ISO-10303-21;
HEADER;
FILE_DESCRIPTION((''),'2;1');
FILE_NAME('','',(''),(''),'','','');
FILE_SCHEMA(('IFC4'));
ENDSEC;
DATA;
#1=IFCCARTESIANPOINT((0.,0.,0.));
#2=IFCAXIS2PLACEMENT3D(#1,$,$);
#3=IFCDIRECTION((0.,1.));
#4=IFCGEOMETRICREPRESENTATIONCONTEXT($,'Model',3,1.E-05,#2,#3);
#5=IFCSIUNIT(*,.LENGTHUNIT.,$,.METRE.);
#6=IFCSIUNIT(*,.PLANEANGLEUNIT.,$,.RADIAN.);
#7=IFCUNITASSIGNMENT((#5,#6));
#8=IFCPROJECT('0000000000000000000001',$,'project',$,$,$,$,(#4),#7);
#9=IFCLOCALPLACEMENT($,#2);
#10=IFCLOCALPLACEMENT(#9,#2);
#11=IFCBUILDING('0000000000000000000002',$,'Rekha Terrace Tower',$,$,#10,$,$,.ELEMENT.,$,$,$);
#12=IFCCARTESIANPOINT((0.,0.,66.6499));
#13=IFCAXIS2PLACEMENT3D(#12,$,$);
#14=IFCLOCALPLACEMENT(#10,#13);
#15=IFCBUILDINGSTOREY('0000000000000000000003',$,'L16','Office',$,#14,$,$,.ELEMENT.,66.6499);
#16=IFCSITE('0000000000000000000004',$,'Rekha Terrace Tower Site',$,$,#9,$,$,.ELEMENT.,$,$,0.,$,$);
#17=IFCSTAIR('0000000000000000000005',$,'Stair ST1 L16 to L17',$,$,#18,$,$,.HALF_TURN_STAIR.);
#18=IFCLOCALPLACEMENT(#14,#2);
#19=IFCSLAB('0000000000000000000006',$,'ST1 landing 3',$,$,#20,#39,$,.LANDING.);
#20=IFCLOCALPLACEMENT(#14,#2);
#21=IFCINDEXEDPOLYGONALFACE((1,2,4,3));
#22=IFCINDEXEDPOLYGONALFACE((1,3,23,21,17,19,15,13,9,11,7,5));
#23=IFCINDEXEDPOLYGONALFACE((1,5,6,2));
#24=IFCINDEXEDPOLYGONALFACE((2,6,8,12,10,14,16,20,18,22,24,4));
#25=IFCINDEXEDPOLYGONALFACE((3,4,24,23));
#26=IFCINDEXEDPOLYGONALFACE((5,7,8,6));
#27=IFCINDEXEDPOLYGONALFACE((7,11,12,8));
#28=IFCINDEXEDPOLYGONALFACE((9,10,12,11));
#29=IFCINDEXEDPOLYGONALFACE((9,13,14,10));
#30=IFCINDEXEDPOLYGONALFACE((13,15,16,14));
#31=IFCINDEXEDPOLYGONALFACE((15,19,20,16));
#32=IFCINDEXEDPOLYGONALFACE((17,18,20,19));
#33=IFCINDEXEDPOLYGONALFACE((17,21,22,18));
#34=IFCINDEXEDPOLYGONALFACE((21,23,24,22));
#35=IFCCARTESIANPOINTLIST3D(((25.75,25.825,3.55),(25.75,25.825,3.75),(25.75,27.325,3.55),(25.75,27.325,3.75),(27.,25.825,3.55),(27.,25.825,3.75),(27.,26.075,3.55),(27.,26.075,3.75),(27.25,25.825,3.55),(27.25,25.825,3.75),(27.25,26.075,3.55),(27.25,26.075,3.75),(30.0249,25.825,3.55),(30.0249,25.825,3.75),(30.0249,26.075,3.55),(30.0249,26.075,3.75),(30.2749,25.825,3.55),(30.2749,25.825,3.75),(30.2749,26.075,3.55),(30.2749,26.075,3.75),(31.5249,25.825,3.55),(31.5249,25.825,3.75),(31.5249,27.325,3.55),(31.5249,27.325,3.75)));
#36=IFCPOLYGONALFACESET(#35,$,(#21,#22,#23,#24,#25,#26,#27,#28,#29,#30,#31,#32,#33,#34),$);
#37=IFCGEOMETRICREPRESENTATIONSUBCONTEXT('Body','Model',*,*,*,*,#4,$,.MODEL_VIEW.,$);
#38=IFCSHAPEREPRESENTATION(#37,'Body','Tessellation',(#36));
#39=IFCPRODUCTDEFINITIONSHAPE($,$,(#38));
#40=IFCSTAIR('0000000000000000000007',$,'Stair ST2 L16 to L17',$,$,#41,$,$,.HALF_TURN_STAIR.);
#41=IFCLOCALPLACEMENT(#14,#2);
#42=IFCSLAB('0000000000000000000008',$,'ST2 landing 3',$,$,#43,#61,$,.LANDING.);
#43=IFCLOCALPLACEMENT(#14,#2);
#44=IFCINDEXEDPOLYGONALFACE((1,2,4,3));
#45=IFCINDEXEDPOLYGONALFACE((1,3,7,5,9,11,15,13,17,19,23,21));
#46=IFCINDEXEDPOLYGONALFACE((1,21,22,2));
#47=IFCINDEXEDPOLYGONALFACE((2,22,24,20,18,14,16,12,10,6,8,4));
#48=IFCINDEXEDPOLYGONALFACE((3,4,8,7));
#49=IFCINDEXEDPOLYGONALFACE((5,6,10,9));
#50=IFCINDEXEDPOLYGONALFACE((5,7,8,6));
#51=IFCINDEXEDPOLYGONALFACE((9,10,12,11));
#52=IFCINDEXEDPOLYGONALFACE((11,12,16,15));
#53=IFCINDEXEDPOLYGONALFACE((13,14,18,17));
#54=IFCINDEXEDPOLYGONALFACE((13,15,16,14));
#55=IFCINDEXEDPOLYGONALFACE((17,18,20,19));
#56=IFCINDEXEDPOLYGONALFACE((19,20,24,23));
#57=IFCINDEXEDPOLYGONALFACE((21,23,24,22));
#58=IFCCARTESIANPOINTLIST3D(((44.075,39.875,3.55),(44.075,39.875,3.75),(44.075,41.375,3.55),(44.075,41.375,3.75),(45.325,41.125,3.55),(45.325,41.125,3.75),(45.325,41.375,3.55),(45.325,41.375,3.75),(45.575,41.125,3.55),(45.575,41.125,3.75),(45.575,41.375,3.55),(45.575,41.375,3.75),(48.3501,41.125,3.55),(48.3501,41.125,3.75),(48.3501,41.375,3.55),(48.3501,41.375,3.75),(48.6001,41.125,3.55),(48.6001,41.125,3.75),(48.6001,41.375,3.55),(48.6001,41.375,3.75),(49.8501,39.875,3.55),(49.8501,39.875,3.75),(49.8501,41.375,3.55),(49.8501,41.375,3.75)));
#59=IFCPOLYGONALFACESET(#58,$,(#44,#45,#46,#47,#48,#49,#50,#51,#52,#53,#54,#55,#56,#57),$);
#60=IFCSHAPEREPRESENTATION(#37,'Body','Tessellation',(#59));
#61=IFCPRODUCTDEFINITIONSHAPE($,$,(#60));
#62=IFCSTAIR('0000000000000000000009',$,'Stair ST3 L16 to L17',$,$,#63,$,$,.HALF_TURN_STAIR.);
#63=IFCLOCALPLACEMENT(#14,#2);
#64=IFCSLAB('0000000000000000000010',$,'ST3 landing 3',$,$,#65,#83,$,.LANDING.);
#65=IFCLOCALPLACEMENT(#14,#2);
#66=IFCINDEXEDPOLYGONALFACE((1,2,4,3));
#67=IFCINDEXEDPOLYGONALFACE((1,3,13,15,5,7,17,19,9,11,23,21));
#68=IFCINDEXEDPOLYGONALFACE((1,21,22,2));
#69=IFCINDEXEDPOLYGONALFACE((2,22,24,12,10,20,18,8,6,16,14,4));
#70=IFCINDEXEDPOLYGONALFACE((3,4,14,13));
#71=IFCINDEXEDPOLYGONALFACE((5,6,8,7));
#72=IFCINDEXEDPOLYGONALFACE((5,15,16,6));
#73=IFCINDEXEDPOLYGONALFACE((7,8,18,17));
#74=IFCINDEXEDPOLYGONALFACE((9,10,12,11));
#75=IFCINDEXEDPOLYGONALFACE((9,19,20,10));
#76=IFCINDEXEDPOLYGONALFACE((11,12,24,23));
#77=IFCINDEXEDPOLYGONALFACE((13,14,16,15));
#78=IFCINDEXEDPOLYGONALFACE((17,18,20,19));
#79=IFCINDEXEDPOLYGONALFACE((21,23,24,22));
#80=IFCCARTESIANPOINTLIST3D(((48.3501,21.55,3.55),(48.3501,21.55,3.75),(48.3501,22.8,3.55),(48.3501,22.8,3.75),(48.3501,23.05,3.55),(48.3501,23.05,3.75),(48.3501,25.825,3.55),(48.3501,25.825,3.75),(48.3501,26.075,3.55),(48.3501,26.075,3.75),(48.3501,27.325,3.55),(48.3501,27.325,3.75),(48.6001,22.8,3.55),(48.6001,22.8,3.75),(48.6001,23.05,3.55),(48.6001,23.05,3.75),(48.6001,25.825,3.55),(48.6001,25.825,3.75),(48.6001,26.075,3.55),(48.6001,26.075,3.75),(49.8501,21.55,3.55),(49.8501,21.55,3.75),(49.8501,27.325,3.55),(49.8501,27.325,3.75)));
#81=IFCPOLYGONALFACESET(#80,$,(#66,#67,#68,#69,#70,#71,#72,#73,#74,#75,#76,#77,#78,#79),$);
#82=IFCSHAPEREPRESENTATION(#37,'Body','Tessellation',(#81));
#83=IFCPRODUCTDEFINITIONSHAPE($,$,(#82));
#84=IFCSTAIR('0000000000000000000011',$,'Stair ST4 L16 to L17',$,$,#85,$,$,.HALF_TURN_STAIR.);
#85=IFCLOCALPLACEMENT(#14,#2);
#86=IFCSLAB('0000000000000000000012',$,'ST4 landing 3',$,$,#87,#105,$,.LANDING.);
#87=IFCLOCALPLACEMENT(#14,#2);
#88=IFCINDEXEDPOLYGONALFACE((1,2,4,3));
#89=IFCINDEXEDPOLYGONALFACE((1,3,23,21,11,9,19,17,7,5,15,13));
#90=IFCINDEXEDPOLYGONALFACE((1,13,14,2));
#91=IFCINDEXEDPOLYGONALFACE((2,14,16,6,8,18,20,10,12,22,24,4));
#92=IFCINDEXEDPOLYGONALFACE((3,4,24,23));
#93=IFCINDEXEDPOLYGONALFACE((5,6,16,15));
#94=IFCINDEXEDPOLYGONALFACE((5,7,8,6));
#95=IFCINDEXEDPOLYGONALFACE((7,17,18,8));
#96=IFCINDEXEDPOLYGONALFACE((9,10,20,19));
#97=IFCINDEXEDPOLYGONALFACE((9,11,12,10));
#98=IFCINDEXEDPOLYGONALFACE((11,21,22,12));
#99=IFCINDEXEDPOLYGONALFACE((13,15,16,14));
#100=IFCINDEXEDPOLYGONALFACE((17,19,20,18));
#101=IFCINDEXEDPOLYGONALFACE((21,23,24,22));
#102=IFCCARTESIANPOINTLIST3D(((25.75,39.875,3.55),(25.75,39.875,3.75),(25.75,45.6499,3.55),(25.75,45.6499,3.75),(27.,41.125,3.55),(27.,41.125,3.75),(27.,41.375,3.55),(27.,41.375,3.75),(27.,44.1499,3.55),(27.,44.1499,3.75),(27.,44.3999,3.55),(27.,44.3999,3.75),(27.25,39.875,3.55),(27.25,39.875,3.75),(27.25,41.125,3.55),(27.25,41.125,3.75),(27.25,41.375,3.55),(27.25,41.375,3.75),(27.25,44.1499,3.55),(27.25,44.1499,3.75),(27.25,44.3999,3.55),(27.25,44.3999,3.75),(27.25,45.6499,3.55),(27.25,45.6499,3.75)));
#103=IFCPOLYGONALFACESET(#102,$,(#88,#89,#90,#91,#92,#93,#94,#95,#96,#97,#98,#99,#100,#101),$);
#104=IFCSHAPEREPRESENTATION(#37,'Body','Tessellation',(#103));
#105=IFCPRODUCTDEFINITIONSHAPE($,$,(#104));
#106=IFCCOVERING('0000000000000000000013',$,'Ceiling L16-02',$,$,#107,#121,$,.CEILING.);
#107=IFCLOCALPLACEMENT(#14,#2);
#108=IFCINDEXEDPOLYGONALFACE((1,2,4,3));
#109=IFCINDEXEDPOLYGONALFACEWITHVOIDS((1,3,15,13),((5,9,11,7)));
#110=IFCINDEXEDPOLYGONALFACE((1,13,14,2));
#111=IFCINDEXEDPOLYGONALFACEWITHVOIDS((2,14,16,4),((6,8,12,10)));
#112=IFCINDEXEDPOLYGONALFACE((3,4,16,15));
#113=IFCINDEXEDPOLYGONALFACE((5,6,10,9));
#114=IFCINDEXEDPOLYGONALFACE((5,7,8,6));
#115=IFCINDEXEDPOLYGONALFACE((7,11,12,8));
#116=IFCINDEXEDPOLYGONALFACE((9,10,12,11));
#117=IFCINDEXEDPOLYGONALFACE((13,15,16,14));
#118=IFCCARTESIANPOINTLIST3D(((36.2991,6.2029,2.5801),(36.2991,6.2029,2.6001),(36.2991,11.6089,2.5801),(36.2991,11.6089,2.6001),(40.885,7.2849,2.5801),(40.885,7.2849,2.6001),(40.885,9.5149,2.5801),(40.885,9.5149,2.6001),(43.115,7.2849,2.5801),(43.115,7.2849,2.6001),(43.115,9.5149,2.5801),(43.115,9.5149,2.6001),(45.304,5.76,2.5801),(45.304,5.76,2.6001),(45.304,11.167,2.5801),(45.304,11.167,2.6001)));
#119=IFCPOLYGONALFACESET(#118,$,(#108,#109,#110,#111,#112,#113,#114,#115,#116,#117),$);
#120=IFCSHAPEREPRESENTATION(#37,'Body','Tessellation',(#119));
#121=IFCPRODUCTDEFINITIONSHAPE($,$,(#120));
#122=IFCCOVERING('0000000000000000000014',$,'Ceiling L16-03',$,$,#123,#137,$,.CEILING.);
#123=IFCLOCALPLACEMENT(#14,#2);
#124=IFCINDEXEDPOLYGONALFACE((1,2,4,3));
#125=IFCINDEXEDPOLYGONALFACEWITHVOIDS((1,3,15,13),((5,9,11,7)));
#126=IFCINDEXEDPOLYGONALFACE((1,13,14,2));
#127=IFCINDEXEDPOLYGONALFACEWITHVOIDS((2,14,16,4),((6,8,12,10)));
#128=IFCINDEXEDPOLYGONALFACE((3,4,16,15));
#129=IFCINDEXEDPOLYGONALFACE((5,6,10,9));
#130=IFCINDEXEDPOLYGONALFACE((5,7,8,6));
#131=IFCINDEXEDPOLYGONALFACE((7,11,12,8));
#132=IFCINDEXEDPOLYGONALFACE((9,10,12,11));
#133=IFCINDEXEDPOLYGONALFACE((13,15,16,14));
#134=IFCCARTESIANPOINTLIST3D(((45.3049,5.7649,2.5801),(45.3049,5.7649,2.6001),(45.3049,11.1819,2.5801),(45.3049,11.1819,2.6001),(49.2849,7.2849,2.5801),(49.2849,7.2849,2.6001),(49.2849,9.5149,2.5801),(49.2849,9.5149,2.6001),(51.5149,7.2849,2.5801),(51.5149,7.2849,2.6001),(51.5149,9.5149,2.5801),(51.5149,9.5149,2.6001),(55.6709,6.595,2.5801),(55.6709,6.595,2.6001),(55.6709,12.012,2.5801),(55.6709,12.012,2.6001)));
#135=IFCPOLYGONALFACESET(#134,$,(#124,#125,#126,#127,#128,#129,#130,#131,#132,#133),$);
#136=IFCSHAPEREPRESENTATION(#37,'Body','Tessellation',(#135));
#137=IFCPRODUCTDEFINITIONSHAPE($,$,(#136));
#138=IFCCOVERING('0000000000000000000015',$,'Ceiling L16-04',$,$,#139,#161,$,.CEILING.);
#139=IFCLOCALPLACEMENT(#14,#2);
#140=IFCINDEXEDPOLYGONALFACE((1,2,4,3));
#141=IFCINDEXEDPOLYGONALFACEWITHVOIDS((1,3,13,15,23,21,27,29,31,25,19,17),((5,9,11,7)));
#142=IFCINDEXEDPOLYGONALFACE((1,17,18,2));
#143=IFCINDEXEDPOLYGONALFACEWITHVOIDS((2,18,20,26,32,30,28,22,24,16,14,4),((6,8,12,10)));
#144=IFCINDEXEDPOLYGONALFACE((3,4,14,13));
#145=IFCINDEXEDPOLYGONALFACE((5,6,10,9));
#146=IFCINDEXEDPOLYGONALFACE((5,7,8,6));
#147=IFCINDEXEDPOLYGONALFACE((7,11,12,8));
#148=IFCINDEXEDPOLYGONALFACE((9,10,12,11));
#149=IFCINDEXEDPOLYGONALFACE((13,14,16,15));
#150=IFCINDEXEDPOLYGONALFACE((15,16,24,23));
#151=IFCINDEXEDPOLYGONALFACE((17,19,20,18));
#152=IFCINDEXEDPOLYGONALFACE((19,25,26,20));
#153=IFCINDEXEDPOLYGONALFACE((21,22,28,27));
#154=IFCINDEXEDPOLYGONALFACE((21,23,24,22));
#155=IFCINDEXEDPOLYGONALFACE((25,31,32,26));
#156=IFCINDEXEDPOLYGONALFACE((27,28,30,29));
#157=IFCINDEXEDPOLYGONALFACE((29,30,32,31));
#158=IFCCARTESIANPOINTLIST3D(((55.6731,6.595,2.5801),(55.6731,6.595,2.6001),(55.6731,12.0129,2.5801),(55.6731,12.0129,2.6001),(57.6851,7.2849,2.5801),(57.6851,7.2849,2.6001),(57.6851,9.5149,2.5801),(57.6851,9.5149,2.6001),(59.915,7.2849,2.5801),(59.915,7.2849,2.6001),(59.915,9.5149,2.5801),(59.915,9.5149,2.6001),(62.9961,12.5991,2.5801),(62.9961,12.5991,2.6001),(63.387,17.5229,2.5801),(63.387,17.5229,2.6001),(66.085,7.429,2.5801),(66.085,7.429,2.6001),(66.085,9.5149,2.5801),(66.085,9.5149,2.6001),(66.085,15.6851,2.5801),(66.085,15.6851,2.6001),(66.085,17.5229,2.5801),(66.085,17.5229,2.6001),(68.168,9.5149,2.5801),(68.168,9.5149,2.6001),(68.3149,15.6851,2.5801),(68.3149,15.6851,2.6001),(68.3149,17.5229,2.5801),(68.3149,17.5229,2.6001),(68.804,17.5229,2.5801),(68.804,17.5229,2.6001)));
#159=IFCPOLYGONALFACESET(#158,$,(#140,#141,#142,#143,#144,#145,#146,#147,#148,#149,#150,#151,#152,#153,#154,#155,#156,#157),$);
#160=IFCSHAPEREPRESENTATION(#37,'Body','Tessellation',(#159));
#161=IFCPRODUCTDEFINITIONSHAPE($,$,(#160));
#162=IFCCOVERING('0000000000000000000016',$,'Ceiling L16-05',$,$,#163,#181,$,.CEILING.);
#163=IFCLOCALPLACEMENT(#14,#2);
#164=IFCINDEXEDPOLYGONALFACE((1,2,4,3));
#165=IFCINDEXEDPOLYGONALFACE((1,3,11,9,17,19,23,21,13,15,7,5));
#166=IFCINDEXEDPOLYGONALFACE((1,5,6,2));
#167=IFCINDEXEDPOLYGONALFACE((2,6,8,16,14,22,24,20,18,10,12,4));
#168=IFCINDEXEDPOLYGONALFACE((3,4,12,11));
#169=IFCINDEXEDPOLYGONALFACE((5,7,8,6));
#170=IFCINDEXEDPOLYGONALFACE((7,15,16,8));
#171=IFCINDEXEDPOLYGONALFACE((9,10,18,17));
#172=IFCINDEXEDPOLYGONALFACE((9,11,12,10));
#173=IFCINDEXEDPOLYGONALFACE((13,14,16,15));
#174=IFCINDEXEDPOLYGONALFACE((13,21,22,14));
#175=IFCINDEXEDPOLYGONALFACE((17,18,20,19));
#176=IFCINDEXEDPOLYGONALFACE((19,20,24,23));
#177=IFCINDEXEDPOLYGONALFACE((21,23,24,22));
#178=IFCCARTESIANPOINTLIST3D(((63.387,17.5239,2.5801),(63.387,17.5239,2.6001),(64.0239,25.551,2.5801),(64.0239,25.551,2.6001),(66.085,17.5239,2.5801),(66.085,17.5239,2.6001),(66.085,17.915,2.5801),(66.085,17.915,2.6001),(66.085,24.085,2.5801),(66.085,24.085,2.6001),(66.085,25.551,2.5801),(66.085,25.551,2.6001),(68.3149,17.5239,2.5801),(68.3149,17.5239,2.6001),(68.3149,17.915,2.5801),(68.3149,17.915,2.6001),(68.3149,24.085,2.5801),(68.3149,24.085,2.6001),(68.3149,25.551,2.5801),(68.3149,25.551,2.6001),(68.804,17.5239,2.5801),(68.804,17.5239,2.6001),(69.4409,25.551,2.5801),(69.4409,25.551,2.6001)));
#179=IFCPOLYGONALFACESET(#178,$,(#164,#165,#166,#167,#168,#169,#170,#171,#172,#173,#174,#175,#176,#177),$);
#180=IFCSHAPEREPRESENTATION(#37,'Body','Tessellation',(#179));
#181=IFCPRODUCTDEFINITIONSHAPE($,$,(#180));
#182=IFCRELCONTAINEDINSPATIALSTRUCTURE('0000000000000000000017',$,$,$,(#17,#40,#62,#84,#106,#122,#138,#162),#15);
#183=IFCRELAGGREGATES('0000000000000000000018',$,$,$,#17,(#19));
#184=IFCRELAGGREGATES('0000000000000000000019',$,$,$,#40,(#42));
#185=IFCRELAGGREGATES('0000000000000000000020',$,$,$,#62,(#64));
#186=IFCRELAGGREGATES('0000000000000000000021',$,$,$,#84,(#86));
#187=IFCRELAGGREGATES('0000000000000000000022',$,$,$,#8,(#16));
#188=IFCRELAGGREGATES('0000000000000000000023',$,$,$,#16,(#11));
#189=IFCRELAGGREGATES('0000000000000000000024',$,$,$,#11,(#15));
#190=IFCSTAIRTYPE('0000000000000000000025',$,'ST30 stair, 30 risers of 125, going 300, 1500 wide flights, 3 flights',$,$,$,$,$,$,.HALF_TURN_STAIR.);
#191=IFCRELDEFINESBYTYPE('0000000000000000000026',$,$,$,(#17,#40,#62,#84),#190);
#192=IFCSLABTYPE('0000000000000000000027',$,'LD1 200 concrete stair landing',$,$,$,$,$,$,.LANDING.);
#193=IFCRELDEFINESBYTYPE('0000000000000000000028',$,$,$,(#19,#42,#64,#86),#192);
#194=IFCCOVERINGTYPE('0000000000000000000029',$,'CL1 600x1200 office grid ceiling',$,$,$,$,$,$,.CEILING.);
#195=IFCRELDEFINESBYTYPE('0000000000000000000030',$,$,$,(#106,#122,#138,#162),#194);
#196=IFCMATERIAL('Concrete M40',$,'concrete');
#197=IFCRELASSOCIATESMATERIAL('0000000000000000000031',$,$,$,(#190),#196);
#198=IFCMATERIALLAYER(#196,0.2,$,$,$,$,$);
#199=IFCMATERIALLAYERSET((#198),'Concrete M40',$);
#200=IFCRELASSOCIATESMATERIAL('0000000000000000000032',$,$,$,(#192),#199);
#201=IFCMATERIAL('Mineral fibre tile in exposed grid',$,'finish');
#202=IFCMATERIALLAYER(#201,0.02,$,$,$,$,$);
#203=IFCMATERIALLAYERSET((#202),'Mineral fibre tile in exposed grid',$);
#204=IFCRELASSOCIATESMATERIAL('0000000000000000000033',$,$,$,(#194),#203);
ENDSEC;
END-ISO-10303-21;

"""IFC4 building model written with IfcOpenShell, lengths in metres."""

from ifc_helpers import new_model, si_unit, direction, frame, origin, place, context, subcontext, project, spatial, polyline, outline, extrude, material, layer, layer_set, type_object, element, aggregate, save


model = new_model("IFC4")

# Units and contexts
model_context = context("Model", 3, precision=1e-05, world=origin(), true_north=direction((0.0, 1.0)))
body_context = subcontext(model_context, "Body", "Model", "MODEL_VIEW")
ifc_project = project(units=[si_unit("LENGTHUNIT", "METRE"), si_unit("PLANEANGLEUNIT", "RADIAN")], contexts=[model_context])

# Site, building, storey
site_placement = place(None, origin())
site = spatial("IfcSite", under=ifc_project, at=site_placement, Name="Rekha Terrace Tower Site", CompositionType="ELEMENT", RefElevation=0.0)
building_placement = place(site_placement, origin())
building = spatial("IfcBuilding", under=site, at=building_placement, Name="Rekha Terrace Tower", CompositionType="ELEMENT")
storey_placement = place(building_placement, frame((0.0, 0.0, 66.6499)))
storey = spatial("IfcBuildingStorey", under=building, at=storey_placement, Name="L16", Description="Office", CompositionType="ELEMENT", Elevation=66.6499)

# Stairs, slabs
ifc_material_1 = material(Name="Concrete M40", Category="concrete")
stair_type = type_object("IfcStairType", Name="ST30 stair, 30 risers of 125, going 300, 1500 wide flights, 3 flights", PredefinedType="HALF_TURN_STAIR", material=ifc_material_1)
stair_1_placement = place(storey_placement, origin())
stair_1 = element("IfcStair", 1, at=stair_1_placement, inside=storey, type_object=stair_type, Name="Stair ST1 L16 to L17", PredefinedType="HALF_TURN_STAIR")
ifc_layer_1 = layer(ifc_material_1, 0.2)
ifc_layer_set_1 = layer_set([ifc_layer_1], Name="Concrete M40")
slab_type = type_object("IfcSlabType", Name="LD1 200 concrete stair landing", PredefinedType="LANDING", material=ifc_layer_set_1)
slab_1_placement = place(storey_placement, frame((0.0, 0.0, 3.55)))
slab_1 = element("IfcSlab", 2, at=slab_1_placement, type_object=slab_type, Name="ST1 landing 3", PredefinedType="LANDING", context=body_context, shape_type="SweptSolid", body=[
    extrude(outline(polyline([(31.5249, 25.825), (31.5249, 27.325), (25.75, 27.325), (25.75, 25.825), (27.0, 25.825), (27.0, 26.075), (27.25, 26.075), (27.25, 25.825), (30.0249, 25.825), (30.0249, 26.075), (30.2749, 26.075), (30.2749, 25.825), (31.5249, 25.825)])), origin(), (0.0, 0.0, 1.0), 0.2),
])
aggregate(stair_1, [slab_1])
stair_2_placement = place(storey_placement, origin())
stair_2 = element("IfcStair", 3, at=stair_2_placement, inside=storey, type_object=stair_type, Name="Stair ST2 L16 to L17", PredefinedType="HALF_TURN_STAIR")
slab_2_placement = place(storey_placement, frame((0.0, 0.0, 3.55)))
slab_2 = element("IfcSlab", 4, at=slab_2_placement, type_object=slab_type, Name="ST2 landing 3", PredefinedType="LANDING", context=body_context, shape_type="SweptSolid", body=[
    extrude(outline(polyline([(44.075, 41.375), (44.075, 39.875), (49.8501, 39.875), (49.8501, 41.375), (48.6001, 41.375), (48.6001, 41.125), (48.3501, 41.125), (48.3501, 41.375), (45.575, 41.375), (45.575, 41.125), (45.325, 41.125), (45.325, 41.375), (44.075, 41.375)])), origin(), (0.0, 0.0, 1.0), 0.2),
])
aggregate(stair_2, [slab_2])
stair_3_placement = place(storey_placement, origin())
stair_3 = element("IfcStair", 5, at=stair_3_placement, inside=storey, type_object=stair_type, Name="Stair ST3 L16 to L17", PredefinedType="HALF_TURN_STAIR")
slab_3_placement = place(storey_placement, frame((0.0, 0.0, 3.55)))
slab_3 = element("IfcSlab", 6, at=slab_3_placement, type_object=slab_type, Name="ST3 landing 3", PredefinedType="LANDING", context=body_context, shape_type="SweptSolid", body=[
    extrude(outline(polyline([(48.3501, 21.55), (49.8501, 21.55), (49.8501, 27.325), (48.3501, 27.325), (48.3501, 26.075), (48.6001, 26.075), (48.6001, 25.825), (48.3501, 25.825), (48.3501, 23.05), (48.6001, 23.05), (48.6001, 22.8), (48.3501, 22.8), (48.3501, 21.55)])), origin(), (0.0, 0.0, 1.0), 0.2),
])
aggregate(stair_3, [slab_3])
stair_4_placement = place(storey_placement, origin())
stair_4 = element("IfcStair", 7, at=stair_4_placement, inside=storey, type_object=stair_type, Name="Stair ST4 L16 to L17", PredefinedType="HALF_TURN_STAIR")
slab_4_placement = place(storey_placement, frame((0.0, 0.0, 3.55)))
slab_4 = element("IfcSlab", 8, at=slab_4_placement, type_object=slab_type, Name="ST4 landing 3", PredefinedType="LANDING", context=body_context, shape_type="SweptSolid", body=[
    extrude(outline(polyline([(27.25, 39.875), (25.75, 39.875), (25.75, 45.6499), (27.25, 45.6499), (27.25, 44.3999), (27.0, 44.3999), (27.0, 44.1499), (27.25, 44.1499), (27.25, 41.375), (27.0, 41.375), (27.0, 41.125), (27.25, 41.125), (27.25, 39.875)])), origin(), (0.0, 0.0, 1.0), 0.2),
])
aggregate(stair_4, [slab_4])

# Coverings
ifc_material_2 = material(Name="Mineral fibre tile in exposed grid", Category="finish")
ifc_layer_2 = layer(ifc_material_2, 0.02)
ifc_layer_set_2 = layer_set([ifc_layer_2], Name="Mineral fibre tile in exposed grid")
covering_type_1 = type_object("IfcCoveringType", Name="CL1 600x1200 office grid ceiling", PredefinedType="CEILING", material=ifc_layer_set_2)
covering_1_placement = place(storey_placement, frame((0.0, 0.0, 2.5801)))
element("IfcCovering", 9, at=covering_1_placement, inside=storey, type_object=covering_type_1, Name="Ceiling L16-02", PredefinedType="CEILING", context=body_context, shape_type="SweptSolid", body=[
    extrude(outline(polyline([(45.304, 11.167), (36.2991, 11.6089), (36.2991, 6.2029), (45.304, 5.76), (45.304, 11.167)]), holes=[polyline([(43.115, 7.2849), (40.885, 7.2849), (40.885, 9.5149), (43.115, 9.5149), (43.115, 7.2849)])]), origin(), (0.0, 0.0, 1.0), 0.02),
])
covering_2_placement = place(storey_placement, frame((0.0, 0.0, 2.5801)))
element("IfcCovering", 10, at=covering_2_placement, inside=storey, type_object=covering_type_1, Name="Ceiling L16-03", PredefinedType="CEILING", context=body_context, shape_type="SweptSolid", body=[
    extrude(outline(polyline([(55.6709, 6.595), (55.6709, 12.012), (45.3049, 11.1819), (45.3049, 5.7649), (55.6709, 6.595)]), holes=[polyline([(51.5149, 7.2849), (49.2849, 7.2849), (49.2849, 9.5149), (51.5149, 9.5149), (51.5149, 7.2849)])]), origin(), (0.0, 0.0, 1.0), 0.02),
])
covering_3_placement = place(storey_placement, frame((0.0, 0.0, 2.5801)))
element("IfcCovering", 11, at=covering_3_placement, inside=storey, type_object=covering_type_1, Name="Ceiling L16-04", PredefinedType="CEILING", context=body_context, shape_type="SweptSolid", body=[
    extrude(outline(polyline([(62.9961, 12.5991), (55.6731, 12.0129), (55.6731, 6.595), (66.085, 7.429), (66.085, 9.5149), (68.168, 9.5149), (68.804, 17.5229), (68.3149, 17.5229), (68.3149, 15.6851), (66.085, 15.6851), (66.085, 17.5229), (63.387, 17.5229), (62.9961, 12.5991)]), holes=[polyline([(59.915, 7.2849), (57.6851, 7.2849), (57.6851, 9.5149), (59.915, 9.5149), (59.915, 7.2849)])]), origin(), (0.0, 0.0, 1.0), 0.02),
])
covering_4_placement = place(storey_placement, frame((0.0, 0.0, 2.5801)))
element("IfcCovering", 12, at=covering_4_placement, inside=storey, type_object=covering_type_1, Name="Ceiling L16-05", PredefinedType="CEILING", context=body_context, shape_type="SweptSolid", body=[
    extrude(outline(polyline([(68.3149, 17.915), (68.3149, 17.5239), (68.804, 17.5239), (69.4409, 25.551), (68.3149, 25.551), (68.3149, 24.085), (66.085, 24.085), (66.085, 25.551), (64.0239, 25.551), (63.387, 17.5239), (66.085, 17.5239), (66.085, 17.915), (68.3149, 17.915)])), origin(), (0.0, 0.0, 1.0), 0.02),
])

save(model, "model.ifc")
